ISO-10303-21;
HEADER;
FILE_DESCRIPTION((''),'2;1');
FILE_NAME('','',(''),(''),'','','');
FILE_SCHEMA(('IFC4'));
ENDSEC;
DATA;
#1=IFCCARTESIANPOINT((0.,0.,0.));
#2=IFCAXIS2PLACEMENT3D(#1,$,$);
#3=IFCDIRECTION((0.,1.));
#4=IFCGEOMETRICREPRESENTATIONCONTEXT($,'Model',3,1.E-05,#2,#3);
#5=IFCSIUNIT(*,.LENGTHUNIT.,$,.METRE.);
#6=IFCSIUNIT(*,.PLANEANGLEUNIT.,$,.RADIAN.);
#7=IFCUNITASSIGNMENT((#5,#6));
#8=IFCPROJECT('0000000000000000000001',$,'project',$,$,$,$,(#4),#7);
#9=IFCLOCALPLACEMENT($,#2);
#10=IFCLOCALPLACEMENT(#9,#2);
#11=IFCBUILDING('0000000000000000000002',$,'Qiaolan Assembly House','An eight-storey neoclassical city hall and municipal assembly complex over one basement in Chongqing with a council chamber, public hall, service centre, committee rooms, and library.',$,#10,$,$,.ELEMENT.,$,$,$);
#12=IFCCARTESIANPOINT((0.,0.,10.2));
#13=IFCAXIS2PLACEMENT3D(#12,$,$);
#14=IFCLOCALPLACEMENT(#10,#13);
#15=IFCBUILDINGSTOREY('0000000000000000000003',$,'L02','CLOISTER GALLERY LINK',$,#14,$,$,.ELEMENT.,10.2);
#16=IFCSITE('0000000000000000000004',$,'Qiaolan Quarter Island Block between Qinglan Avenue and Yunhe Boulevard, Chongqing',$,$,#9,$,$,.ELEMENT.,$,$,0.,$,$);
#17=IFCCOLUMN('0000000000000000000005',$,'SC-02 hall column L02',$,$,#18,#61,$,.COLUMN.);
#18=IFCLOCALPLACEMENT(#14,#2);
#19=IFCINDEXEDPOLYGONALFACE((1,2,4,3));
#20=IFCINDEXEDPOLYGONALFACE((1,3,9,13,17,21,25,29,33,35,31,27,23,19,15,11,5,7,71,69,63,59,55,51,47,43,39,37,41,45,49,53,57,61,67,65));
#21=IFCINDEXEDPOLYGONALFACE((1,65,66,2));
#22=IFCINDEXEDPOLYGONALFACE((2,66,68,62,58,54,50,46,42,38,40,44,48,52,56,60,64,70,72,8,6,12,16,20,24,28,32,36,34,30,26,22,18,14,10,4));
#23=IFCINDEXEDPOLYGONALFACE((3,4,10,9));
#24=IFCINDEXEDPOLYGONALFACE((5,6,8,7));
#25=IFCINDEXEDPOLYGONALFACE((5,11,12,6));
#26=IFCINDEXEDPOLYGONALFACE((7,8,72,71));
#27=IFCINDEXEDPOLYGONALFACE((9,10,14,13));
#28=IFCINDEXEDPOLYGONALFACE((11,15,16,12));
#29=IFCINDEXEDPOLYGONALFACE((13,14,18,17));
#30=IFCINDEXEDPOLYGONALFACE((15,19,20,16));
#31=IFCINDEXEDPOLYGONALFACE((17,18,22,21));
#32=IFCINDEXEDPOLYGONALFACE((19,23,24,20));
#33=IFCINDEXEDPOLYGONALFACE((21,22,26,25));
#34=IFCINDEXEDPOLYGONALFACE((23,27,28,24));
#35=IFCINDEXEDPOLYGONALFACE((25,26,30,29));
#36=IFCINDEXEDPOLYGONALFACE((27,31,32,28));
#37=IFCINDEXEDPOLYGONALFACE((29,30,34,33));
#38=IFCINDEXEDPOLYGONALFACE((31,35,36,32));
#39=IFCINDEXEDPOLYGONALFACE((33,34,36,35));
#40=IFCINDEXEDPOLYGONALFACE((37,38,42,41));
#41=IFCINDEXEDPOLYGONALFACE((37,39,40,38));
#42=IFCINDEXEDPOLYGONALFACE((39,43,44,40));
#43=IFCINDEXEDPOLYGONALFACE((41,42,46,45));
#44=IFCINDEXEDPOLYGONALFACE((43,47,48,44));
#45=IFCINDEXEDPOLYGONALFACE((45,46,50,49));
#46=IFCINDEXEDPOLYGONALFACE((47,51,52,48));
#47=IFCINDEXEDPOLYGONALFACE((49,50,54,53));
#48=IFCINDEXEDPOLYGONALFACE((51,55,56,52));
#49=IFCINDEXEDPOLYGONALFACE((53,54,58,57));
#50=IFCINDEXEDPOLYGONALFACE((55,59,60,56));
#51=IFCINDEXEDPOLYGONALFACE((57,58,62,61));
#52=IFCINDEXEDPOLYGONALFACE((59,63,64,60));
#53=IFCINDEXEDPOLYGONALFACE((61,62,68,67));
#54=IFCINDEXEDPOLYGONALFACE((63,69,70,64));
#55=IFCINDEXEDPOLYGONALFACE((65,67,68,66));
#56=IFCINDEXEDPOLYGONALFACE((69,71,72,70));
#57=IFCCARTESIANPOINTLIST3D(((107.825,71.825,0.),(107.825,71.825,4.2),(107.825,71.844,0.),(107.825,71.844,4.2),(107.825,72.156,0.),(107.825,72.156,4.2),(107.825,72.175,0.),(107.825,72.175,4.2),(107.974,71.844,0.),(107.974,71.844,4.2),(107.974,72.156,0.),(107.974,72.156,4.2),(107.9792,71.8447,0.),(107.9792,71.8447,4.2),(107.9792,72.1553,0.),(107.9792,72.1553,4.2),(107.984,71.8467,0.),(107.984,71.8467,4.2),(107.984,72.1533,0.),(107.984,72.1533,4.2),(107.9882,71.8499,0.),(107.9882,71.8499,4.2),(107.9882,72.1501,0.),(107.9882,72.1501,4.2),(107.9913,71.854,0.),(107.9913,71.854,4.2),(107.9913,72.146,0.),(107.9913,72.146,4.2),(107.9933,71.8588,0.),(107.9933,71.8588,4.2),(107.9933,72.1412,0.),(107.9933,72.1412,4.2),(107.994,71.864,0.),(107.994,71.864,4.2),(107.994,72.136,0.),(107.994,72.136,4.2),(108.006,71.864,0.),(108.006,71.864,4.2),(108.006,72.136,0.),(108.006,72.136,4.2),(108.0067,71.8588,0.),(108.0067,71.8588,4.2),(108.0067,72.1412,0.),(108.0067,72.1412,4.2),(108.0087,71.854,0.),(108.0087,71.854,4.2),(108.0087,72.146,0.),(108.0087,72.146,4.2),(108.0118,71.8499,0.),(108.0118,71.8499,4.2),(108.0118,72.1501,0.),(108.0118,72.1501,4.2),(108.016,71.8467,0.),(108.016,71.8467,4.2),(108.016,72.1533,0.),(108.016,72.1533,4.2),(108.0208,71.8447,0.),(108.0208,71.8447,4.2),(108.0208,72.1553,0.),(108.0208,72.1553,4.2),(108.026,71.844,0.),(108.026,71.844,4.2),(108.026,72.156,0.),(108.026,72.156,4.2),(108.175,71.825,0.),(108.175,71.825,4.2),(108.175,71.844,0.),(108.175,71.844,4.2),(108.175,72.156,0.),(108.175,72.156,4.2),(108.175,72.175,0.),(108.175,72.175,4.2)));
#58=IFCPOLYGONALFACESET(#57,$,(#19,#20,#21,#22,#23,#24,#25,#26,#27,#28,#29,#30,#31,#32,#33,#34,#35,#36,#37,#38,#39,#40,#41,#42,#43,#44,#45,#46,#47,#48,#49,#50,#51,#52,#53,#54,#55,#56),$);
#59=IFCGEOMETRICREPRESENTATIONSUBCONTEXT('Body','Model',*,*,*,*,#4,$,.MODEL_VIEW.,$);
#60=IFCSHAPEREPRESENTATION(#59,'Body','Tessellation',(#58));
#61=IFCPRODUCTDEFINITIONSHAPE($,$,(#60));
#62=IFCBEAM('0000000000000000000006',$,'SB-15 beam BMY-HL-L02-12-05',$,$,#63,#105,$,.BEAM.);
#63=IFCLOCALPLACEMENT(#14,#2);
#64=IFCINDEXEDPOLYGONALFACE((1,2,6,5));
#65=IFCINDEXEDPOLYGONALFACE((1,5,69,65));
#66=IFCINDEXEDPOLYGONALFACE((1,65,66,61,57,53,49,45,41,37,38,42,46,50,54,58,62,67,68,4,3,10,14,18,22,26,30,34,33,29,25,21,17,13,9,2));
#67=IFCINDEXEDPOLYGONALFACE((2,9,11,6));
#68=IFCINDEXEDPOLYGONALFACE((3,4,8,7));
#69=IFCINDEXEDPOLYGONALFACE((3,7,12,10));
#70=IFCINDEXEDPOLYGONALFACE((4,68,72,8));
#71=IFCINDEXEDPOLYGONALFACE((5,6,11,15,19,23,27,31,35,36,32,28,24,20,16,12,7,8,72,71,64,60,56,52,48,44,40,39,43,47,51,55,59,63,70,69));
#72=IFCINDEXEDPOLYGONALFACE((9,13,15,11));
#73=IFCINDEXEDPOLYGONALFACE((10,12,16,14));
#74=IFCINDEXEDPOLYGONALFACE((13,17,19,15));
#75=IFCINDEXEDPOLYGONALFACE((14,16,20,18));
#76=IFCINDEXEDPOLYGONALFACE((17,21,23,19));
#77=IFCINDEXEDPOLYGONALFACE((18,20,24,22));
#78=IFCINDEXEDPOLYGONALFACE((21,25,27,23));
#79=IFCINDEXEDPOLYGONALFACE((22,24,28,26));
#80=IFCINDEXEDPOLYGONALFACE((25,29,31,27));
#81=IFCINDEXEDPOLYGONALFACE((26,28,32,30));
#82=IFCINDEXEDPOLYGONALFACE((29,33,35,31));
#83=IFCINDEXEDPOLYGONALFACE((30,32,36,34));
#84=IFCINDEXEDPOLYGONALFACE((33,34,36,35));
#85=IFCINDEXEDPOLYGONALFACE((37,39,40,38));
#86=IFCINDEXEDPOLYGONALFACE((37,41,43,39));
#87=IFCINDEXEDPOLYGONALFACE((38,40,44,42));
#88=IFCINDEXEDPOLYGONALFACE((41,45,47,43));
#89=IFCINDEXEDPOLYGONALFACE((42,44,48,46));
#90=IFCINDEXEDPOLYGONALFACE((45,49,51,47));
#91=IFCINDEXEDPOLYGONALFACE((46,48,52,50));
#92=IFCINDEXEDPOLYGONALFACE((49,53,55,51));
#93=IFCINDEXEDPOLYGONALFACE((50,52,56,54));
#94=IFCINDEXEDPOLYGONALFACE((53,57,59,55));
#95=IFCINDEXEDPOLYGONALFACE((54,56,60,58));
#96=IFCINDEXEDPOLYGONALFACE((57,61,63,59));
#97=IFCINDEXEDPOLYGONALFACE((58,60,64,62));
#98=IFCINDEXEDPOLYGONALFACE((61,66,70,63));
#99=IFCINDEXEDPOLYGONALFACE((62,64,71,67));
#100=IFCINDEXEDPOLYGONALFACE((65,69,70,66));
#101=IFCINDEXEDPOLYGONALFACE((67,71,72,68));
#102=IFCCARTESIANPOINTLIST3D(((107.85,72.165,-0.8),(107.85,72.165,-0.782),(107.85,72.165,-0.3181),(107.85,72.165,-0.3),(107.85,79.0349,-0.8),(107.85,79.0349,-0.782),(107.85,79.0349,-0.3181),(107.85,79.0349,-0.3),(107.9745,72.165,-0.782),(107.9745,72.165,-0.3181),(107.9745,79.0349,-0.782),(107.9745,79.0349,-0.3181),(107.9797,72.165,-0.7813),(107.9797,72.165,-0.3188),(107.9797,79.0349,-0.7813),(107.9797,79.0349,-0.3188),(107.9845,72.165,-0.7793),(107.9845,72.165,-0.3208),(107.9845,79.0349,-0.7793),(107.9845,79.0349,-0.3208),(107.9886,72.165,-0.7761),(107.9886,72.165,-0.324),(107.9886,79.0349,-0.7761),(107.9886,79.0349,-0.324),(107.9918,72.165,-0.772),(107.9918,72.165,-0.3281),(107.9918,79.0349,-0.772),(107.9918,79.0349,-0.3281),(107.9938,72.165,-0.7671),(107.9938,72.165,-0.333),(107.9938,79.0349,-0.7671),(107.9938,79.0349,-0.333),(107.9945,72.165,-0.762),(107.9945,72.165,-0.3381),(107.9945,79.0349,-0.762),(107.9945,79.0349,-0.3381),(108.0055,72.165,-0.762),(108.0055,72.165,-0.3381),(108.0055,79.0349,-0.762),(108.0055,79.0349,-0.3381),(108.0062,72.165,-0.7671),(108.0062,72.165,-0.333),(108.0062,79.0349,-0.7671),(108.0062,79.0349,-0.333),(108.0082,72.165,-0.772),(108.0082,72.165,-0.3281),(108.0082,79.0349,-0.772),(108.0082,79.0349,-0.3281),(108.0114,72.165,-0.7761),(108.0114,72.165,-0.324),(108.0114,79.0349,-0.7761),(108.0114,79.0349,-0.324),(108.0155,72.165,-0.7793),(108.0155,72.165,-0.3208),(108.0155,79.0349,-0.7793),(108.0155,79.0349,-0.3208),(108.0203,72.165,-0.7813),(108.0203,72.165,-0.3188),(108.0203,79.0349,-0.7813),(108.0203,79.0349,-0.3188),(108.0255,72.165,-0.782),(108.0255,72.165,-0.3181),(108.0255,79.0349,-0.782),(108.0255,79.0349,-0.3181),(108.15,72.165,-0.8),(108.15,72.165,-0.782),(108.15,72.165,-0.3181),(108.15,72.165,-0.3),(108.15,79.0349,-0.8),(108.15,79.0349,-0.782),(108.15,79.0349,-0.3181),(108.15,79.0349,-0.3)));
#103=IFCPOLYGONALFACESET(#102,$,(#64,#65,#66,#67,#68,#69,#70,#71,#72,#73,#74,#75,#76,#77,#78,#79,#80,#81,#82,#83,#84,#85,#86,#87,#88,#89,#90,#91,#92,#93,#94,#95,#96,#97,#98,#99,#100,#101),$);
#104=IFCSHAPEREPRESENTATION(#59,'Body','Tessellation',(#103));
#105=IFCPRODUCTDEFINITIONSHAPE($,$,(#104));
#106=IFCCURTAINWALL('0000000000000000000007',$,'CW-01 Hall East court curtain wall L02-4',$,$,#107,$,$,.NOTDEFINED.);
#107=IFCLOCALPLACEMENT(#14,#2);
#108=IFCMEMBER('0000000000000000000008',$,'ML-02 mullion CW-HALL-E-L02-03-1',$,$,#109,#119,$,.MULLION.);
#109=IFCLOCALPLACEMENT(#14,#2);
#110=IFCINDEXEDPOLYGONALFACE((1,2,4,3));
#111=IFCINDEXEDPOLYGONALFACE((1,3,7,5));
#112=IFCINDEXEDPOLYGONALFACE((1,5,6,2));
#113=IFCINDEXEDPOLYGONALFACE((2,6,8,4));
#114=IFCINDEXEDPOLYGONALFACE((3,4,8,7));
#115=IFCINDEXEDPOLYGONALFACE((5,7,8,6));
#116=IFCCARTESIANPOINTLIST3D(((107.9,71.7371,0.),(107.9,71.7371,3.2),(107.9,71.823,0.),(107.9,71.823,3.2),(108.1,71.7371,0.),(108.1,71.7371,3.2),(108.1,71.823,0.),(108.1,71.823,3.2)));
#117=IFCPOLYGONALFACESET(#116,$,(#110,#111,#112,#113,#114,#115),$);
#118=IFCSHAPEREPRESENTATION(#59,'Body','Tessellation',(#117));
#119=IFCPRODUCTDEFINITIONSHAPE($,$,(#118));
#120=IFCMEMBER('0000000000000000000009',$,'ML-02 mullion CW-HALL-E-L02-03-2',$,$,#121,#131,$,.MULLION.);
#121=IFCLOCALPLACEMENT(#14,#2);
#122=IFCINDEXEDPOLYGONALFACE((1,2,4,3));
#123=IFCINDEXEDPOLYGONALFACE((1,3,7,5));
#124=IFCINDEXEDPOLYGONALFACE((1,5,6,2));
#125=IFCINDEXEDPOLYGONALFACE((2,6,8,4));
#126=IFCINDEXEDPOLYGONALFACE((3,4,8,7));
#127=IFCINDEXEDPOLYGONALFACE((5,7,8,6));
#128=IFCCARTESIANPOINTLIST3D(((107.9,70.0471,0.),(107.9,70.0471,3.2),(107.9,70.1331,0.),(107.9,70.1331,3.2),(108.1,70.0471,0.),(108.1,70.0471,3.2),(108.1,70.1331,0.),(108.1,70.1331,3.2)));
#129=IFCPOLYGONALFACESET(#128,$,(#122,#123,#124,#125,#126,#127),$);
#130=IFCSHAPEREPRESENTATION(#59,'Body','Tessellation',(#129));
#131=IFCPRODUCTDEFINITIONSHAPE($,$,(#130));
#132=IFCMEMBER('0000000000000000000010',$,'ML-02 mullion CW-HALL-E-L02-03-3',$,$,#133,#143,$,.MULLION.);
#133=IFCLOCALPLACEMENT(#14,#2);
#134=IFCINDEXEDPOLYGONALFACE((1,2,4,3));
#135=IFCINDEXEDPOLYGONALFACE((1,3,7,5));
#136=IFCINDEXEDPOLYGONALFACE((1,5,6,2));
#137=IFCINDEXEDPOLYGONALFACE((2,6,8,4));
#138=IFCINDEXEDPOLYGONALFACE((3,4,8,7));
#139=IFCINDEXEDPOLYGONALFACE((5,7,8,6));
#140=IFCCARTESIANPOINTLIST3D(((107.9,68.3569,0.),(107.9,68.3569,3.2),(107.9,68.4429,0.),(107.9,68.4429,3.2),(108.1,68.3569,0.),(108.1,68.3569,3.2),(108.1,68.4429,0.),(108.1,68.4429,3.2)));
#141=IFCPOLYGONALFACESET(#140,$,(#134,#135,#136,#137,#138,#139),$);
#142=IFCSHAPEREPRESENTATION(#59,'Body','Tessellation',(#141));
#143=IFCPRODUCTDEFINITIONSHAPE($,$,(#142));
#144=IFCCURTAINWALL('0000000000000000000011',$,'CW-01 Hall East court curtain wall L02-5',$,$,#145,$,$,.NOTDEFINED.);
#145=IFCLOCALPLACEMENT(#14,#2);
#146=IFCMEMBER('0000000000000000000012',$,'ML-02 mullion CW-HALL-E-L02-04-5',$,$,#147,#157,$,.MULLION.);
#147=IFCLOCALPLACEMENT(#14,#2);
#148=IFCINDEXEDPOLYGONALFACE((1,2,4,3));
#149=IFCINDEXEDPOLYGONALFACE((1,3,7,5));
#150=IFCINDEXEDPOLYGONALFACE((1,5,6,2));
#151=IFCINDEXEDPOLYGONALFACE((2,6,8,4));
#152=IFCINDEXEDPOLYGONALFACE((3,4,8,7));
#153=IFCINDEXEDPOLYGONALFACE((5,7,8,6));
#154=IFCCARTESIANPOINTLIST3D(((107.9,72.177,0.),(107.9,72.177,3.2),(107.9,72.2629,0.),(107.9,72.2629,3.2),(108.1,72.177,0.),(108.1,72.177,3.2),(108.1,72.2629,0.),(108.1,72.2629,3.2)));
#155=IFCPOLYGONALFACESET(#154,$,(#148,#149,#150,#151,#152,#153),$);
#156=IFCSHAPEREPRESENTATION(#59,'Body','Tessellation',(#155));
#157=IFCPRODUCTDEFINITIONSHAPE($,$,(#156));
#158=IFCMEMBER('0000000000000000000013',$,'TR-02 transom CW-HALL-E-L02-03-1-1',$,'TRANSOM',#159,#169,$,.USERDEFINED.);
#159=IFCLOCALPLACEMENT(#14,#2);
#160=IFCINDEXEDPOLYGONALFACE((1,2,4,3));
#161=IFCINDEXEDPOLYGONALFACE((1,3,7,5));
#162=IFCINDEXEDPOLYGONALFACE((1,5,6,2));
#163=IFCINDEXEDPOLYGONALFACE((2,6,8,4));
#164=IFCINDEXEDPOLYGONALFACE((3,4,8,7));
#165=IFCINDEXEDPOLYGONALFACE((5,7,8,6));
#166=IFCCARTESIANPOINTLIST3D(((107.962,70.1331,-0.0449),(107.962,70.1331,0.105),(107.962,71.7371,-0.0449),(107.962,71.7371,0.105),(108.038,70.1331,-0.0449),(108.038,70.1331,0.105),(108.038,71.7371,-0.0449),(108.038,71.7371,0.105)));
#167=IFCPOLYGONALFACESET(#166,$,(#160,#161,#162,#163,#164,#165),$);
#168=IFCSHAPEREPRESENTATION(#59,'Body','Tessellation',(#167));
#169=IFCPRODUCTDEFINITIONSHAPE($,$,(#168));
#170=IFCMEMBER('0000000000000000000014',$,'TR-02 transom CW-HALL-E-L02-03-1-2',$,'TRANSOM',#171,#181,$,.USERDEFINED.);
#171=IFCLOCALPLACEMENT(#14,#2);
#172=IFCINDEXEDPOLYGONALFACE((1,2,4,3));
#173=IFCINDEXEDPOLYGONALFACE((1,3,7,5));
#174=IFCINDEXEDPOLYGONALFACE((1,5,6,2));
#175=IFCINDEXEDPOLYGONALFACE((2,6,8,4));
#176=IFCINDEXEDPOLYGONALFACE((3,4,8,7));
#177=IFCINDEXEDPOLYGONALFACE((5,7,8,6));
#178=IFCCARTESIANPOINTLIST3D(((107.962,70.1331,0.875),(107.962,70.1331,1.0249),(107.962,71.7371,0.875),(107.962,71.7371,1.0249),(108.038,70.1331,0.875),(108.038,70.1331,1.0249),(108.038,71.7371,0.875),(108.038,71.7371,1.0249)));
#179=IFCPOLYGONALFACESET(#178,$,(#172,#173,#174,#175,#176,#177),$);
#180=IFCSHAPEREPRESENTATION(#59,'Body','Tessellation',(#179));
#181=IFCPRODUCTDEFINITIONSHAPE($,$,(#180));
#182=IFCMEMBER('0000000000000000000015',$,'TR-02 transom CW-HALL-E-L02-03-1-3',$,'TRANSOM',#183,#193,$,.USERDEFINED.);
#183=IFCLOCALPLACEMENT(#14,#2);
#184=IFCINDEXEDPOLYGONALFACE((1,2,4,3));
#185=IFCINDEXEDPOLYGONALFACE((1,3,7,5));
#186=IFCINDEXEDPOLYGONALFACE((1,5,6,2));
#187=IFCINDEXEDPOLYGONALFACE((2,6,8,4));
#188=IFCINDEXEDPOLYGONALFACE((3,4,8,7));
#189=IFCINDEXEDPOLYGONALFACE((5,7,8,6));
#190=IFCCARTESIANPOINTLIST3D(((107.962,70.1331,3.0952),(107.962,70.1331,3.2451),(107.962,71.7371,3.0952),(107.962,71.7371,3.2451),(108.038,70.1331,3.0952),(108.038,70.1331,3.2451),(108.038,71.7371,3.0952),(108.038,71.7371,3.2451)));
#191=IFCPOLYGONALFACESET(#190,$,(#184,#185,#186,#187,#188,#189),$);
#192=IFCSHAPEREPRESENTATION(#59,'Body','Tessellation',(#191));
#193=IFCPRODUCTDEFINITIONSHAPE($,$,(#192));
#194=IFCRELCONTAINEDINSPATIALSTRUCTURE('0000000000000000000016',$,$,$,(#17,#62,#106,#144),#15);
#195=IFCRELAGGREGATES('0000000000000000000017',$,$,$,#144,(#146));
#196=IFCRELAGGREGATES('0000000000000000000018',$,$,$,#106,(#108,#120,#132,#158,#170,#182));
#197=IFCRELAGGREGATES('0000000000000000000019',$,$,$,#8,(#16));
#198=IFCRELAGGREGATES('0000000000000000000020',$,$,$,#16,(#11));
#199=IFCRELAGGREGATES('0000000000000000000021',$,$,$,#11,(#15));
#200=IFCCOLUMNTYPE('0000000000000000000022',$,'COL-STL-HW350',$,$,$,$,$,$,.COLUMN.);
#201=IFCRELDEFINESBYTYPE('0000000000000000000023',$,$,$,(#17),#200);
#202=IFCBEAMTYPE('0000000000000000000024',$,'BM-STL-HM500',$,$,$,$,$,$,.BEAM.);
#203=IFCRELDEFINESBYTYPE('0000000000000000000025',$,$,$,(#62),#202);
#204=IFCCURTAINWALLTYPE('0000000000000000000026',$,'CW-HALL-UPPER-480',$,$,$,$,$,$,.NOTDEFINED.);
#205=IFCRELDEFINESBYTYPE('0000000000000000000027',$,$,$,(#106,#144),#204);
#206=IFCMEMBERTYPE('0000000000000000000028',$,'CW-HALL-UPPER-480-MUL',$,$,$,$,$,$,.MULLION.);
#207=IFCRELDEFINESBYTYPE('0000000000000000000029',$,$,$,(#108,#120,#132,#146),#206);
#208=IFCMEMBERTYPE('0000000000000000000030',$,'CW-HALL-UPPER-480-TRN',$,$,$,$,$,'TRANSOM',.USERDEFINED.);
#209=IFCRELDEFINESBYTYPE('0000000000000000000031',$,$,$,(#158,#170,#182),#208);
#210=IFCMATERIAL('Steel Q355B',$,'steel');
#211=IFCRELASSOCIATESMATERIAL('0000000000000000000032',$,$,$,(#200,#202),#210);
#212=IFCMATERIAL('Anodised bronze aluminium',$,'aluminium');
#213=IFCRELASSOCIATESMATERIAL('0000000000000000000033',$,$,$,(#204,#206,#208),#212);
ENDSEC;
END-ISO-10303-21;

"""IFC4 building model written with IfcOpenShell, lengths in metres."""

from ifc_helpers import new_model, si_unit, direction, frame, origin, origin_2d, place, context, subcontext, project, spatial, rectangle, i_section, extrude, material, material_profile, profile_set, type_object, element, aggregate, save


model = new_model("IFC4")

# Units and contexts
model_context = context("Model", 3, precision=1e-05, world=origin(), true_north=direction((0.0, 1.0)))
body_context = subcontext(model_context, "Body", "Model", "MODEL_VIEW")
ifc_project = project(units=[si_unit("LENGTHUNIT", "METRE"), si_unit("PLANEANGLEUNIT", "RADIAN")], contexts=[model_context])

# Site, building, storey
site_placement = place(None, origin())
site = spatial("IfcSite", under=ifc_project, at=site_placement, Name="Qiaolan Quarter Island Block between Qinglan Avenue and Yunhe Boulevard, Chongqing", CompositionType="ELEMENT", RefElevation=0.0)
building_placement = place(site_placement, origin())
building = spatial("IfcBuilding", under=site, at=building_placement, Name="Qiaolan Assembly House", Description="An eight-storey neoclassical city hall and municipal assembly complex over one basement in Chongqing with a council chamber, public hall, service centre, committee rooms, and library.", CompositionType="ELEMENT")
storey_placement = place(building_placement, frame((0.0, 0.0, 10.2)))
storey = spatial("IfcBuildingStorey", under=building, at=storey_placement, Name="L02", Description="CLOISTER GALLERY LINK", CompositionType="ELEMENT", Elevation=10.2)

# Column
ifc_material_1 = material(Name="Steel Q355B", Category="steel")
ifc_material_profile_1 = material_profile(ifc_material_1, i_section(OverallWidth=0.3501, OverallDepth=0.3501, WebThickness=0.012, FlangeThickness=0.019, FilletRadius=0.02, at=origin_2d()), Name="HW 350x350x12x19")
ifc_profile_set_1 = profile_set([ifc_material_profile_1], Name="Steel Q355B")
column_type = type_object("IfcColumnType", Name="COL-STL-HW350", PredefinedType="COLUMN", material=ifc_profile_set_1)
column_placement = place(storey_placement, frame((108.0, 72.0, 0.0), z_axis=(0.0, 0.0, 1.0), x_axis=(1.0, 0.0, 0.0)))
element("IfcColumn", 1, at=column_placement, inside=storey, type_object=column_type, Name="SC-02 hall column L02", PredefinedType="COLUMN", context=body_context, shape_type="SweptSolid", body=[
    extrude(i_section(OverallWidth=0.3501, OverallDepth=0.3501, WebThickness=0.012, FlangeThickness=0.019, FilletRadius=0.02, at=origin_2d()), origin(), (0.0, 0.0, 1.0), 4.2),
])

# Beam
ifc_material_profile_2 = material_profile(ifc_material_1, i_section(OverallWidth=0.3, OverallDepth=0.5, WebThickness=0.011, FlangeThickness=0.0181, FilletRadius=0.02, at=origin_2d()), Name="HM 500x300x11x18")
ifc_profile_set_2 = profile_set([ifc_material_profile_2], Name="Steel Q355B")
beam_type = type_object("IfcBeamType", Name="BM-STL-HM500", PredefinedType="BEAM", material=ifc_profile_set_2)
beam_placement = place(storey_placement, frame((108.0, 72.165, -0.55), z_axis=(0.0, 1.0, 0.0), x_axis=(-1.0, 0.0, 0.0)))
element("IfcBeam", 2, at=beam_placement, inside=storey, type_object=beam_type, Name="SB-15 beam BMY-HL-L02-12-05", PredefinedType="BEAM", context=body_context, shape_type="SweptSolid", body=[
    extrude(i_section(OverallWidth=0.3, OverallDepth=0.5, WebThickness=0.011, FlangeThickness=0.0181, FilletRadius=0.02, at=origin_2d()), origin(), (0.0, 0.0, 1.0), 6.8699),
])

# Curtain wall, members
ifc_material_2 = material(Name="Anodised bronze aluminium", Category="aluminium")
curtain_wall_type = type_object("IfcCurtainWallType", Name="CW-HALL-UPPER-480", PredefinedType="NOTDEFINED", material=ifc_material_2)
curtain_wall_1_placement = place(storey_placement, origin())
curtain_wall_1 = element("IfcCurtainWall", 3, at=curtain_wall_1_placement, inside=storey, type_object=curtain_wall_type, Name="CW-01 Hall East court curtain wall L02-4", PredefinedType="NOTDEFINED")
ifc_material_profile_3 = material_profile(ifc_material_2, rectangle(XDim=0.0859, YDim=0.2, at=origin_2d()), Name="MUL 86x200")
ifc_profile_set_3 = profile_set([ifc_material_profile_3], Name="Anodised bronze aluminium")
member_type_1 = type_object("IfcMemberType", Name="CW-HALL-UPPER-480-MUL", PredefinedType="MULLION", material=ifc_profile_set_3)
member_1_placement = place(storey_placement, frame((108.0, 71.78, 0.0), z_axis=(0.0, 0.0, 1.0), x_axis=(0.0, -1.0, 0.0)))
member_1 = element("IfcMember", 4, at=member_1_placement, type_object=member_type_1, Name="ML-02 mullion CW-HALL-E-L02-03-1", PredefinedType="MULLION", context=body_context, shape_type="SweptSolid", body=[
    extrude(rectangle(XDim=0.0859, YDim=0.2, at=origin_2d()), origin(), (0.0, 0.0, 1.0), 3.2),
])
member_2_placement = place(storey_placement, frame((108.0, 70.0901, 0.0), z_axis=(0.0, 0.0, 1.0), x_axis=(0.0, -1.0, 0.0)))
member_2 = element("IfcMember", 5, at=member_2_placement, type_object=member_type_1, Name="ML-02 mullion CW-HALL-E-L02-03-2", PredefinedType="MULLION", context=body_context, shape_type="SweptSolid", body=[
    extrude(rectangle(XDim=0.0859, YDim=0.2, at=origin_2d()), origin(), (0.0, 0.0, 1.0), 3.2),
])
member_3_placement = place(storey_placement, frame((108.0, 68.3999, 0.0), z_axis=(0.0, 0.0, 1.0), x_axis=(0.0, -1.0, 0.0)))
member_3 = element("IfcMember", 6, at=member_3_placement, type_object=member_type_1, Name="ML-02 mullion CW-HALL-E-L02-03-3", PredefinedType="MULLION", context=body_context, shape_type="SweptSolid", body=[
    extrude(rectangle(XDim=0.0859, YDim=0.2, at=origin_2d()), origin(), (0.0, 0.0, 1.0), 3.2),
])

# Curtain wall, member
curtain_wall_2_placement = place(storey_placement, origin())
curtain_wall_2 = element("IfcCurtainWall", 7, at=curtain_wall_2_placement, inside=storey, type_object=curtain_wall_type, Name="CW-01 Hall East court curtain wall L02-5", PredefinedType="NOTDEFINED")
member_4_placement = place(storey_placement, frame((108.0, 72.22, 0.0), z_axis=(0.0, 0.0, 1.0), x_axis=(0.0, -1.0, 0.0)))
member_4 = element("IfcMember", 8, at=member_4_placement, type_object=member_type_1, Name="ML-02 mullion CW-HALL-E-L02-04-5", PredefinedType="MULLION", context=body_context, shape_type="SweptSolid", body=[
    extrude(rectangle(XDim=0.0859, YDim=0.2, at=origin_2d()), origin(), (0.0, 0.0, 1.0), 3.2),
])

# Members
ifc_material_profile_4 = material_profile(ifc_material_2, rectangle(XDim=0.0759, YDim=0.1499, at=origin_2d()), Name="TRN 76x150")
ifc_profile_set_4 = profile_set([ifc_material_profile_4], Name="Anodised bronze aluminium")
member_type_2 = type_object("IfcMemberType", Name="CW-HALL-UPPER-480-TRN", ElementType="TRANSOM", PredefinedType="USERDEFINED", material=ifc_profile_set_4)
member_5_placement = place(storey_placement, frame((108.0, 71.7371, 0.03), z_axis=(0.0, -1.0, 0.0), x_axis=(1.0, 0.0, 0.0)))
member_5 = element("IfcMember", 9, at=member_5_placement, type_object=member_type_2, Name="TR-02 transom CW-HALL-E-L02-03-1-1", ObjectType="TRANSOM", PredefinedType="USERDEFINED", context=body_context, shape_type="SweptSolid", body=[
    extrude(rectangle(XDim=0.0759, YDim=0.1499, at=origin_2d()), origin(), (0.0, 0.0, 1.0), 1.604),
])
member_6_placement = place(storey_placement, frame((108.0, 71.7371, 0.95), z_axis=(0.0, -1.0, 0.0), x_axis=(1.0, 0.0, 0.0)))
member_6 = element("IfcMember", 10, at=member_6_placement, type_object=member_type_2, Name="TR-02 transom CW-HALL-E-L02-03-1-2", ObjectType="TRANSOM", PredefinedType="USERDEFINED", context=body_context, shape_type="SweptSolid", body=[
    extrude(rectangle(XDim=0.0759, YDim=0.1499, at=origin_2d()), origin(), (0.0, 0.0, 1.0), 1.604),
])
member_7_placement = place(storey_placement, frame((108.0, 71.7371, 3.1702), z_axis=(0.0, -1.0, 0.0), x_axis=(1.0, 0.0, 0.0)))
member_7 = element("IfcMember", 11, at=member_7_placement, type_object=member_type_2, Name="TR-02 transom CW-HALL-E-L02-03-1-3", ObjectType="TRANSOM", PredefinedType="USERDEFINED", context=body_context, shape_type="SweptSolid", body=[
    extrude(rectangle(XDim=0.0759, YDim=0.1499, at=origin_2d()), origin(), (0.0, 0.0, 1.0), 1.604),
])
aggregate(curtain_wall_2, [member_4])

aggregate(curtain_wall_1, [member_1, member_2, member_3, member_5, member_6, member_7])

save(model, "model.ifc")
